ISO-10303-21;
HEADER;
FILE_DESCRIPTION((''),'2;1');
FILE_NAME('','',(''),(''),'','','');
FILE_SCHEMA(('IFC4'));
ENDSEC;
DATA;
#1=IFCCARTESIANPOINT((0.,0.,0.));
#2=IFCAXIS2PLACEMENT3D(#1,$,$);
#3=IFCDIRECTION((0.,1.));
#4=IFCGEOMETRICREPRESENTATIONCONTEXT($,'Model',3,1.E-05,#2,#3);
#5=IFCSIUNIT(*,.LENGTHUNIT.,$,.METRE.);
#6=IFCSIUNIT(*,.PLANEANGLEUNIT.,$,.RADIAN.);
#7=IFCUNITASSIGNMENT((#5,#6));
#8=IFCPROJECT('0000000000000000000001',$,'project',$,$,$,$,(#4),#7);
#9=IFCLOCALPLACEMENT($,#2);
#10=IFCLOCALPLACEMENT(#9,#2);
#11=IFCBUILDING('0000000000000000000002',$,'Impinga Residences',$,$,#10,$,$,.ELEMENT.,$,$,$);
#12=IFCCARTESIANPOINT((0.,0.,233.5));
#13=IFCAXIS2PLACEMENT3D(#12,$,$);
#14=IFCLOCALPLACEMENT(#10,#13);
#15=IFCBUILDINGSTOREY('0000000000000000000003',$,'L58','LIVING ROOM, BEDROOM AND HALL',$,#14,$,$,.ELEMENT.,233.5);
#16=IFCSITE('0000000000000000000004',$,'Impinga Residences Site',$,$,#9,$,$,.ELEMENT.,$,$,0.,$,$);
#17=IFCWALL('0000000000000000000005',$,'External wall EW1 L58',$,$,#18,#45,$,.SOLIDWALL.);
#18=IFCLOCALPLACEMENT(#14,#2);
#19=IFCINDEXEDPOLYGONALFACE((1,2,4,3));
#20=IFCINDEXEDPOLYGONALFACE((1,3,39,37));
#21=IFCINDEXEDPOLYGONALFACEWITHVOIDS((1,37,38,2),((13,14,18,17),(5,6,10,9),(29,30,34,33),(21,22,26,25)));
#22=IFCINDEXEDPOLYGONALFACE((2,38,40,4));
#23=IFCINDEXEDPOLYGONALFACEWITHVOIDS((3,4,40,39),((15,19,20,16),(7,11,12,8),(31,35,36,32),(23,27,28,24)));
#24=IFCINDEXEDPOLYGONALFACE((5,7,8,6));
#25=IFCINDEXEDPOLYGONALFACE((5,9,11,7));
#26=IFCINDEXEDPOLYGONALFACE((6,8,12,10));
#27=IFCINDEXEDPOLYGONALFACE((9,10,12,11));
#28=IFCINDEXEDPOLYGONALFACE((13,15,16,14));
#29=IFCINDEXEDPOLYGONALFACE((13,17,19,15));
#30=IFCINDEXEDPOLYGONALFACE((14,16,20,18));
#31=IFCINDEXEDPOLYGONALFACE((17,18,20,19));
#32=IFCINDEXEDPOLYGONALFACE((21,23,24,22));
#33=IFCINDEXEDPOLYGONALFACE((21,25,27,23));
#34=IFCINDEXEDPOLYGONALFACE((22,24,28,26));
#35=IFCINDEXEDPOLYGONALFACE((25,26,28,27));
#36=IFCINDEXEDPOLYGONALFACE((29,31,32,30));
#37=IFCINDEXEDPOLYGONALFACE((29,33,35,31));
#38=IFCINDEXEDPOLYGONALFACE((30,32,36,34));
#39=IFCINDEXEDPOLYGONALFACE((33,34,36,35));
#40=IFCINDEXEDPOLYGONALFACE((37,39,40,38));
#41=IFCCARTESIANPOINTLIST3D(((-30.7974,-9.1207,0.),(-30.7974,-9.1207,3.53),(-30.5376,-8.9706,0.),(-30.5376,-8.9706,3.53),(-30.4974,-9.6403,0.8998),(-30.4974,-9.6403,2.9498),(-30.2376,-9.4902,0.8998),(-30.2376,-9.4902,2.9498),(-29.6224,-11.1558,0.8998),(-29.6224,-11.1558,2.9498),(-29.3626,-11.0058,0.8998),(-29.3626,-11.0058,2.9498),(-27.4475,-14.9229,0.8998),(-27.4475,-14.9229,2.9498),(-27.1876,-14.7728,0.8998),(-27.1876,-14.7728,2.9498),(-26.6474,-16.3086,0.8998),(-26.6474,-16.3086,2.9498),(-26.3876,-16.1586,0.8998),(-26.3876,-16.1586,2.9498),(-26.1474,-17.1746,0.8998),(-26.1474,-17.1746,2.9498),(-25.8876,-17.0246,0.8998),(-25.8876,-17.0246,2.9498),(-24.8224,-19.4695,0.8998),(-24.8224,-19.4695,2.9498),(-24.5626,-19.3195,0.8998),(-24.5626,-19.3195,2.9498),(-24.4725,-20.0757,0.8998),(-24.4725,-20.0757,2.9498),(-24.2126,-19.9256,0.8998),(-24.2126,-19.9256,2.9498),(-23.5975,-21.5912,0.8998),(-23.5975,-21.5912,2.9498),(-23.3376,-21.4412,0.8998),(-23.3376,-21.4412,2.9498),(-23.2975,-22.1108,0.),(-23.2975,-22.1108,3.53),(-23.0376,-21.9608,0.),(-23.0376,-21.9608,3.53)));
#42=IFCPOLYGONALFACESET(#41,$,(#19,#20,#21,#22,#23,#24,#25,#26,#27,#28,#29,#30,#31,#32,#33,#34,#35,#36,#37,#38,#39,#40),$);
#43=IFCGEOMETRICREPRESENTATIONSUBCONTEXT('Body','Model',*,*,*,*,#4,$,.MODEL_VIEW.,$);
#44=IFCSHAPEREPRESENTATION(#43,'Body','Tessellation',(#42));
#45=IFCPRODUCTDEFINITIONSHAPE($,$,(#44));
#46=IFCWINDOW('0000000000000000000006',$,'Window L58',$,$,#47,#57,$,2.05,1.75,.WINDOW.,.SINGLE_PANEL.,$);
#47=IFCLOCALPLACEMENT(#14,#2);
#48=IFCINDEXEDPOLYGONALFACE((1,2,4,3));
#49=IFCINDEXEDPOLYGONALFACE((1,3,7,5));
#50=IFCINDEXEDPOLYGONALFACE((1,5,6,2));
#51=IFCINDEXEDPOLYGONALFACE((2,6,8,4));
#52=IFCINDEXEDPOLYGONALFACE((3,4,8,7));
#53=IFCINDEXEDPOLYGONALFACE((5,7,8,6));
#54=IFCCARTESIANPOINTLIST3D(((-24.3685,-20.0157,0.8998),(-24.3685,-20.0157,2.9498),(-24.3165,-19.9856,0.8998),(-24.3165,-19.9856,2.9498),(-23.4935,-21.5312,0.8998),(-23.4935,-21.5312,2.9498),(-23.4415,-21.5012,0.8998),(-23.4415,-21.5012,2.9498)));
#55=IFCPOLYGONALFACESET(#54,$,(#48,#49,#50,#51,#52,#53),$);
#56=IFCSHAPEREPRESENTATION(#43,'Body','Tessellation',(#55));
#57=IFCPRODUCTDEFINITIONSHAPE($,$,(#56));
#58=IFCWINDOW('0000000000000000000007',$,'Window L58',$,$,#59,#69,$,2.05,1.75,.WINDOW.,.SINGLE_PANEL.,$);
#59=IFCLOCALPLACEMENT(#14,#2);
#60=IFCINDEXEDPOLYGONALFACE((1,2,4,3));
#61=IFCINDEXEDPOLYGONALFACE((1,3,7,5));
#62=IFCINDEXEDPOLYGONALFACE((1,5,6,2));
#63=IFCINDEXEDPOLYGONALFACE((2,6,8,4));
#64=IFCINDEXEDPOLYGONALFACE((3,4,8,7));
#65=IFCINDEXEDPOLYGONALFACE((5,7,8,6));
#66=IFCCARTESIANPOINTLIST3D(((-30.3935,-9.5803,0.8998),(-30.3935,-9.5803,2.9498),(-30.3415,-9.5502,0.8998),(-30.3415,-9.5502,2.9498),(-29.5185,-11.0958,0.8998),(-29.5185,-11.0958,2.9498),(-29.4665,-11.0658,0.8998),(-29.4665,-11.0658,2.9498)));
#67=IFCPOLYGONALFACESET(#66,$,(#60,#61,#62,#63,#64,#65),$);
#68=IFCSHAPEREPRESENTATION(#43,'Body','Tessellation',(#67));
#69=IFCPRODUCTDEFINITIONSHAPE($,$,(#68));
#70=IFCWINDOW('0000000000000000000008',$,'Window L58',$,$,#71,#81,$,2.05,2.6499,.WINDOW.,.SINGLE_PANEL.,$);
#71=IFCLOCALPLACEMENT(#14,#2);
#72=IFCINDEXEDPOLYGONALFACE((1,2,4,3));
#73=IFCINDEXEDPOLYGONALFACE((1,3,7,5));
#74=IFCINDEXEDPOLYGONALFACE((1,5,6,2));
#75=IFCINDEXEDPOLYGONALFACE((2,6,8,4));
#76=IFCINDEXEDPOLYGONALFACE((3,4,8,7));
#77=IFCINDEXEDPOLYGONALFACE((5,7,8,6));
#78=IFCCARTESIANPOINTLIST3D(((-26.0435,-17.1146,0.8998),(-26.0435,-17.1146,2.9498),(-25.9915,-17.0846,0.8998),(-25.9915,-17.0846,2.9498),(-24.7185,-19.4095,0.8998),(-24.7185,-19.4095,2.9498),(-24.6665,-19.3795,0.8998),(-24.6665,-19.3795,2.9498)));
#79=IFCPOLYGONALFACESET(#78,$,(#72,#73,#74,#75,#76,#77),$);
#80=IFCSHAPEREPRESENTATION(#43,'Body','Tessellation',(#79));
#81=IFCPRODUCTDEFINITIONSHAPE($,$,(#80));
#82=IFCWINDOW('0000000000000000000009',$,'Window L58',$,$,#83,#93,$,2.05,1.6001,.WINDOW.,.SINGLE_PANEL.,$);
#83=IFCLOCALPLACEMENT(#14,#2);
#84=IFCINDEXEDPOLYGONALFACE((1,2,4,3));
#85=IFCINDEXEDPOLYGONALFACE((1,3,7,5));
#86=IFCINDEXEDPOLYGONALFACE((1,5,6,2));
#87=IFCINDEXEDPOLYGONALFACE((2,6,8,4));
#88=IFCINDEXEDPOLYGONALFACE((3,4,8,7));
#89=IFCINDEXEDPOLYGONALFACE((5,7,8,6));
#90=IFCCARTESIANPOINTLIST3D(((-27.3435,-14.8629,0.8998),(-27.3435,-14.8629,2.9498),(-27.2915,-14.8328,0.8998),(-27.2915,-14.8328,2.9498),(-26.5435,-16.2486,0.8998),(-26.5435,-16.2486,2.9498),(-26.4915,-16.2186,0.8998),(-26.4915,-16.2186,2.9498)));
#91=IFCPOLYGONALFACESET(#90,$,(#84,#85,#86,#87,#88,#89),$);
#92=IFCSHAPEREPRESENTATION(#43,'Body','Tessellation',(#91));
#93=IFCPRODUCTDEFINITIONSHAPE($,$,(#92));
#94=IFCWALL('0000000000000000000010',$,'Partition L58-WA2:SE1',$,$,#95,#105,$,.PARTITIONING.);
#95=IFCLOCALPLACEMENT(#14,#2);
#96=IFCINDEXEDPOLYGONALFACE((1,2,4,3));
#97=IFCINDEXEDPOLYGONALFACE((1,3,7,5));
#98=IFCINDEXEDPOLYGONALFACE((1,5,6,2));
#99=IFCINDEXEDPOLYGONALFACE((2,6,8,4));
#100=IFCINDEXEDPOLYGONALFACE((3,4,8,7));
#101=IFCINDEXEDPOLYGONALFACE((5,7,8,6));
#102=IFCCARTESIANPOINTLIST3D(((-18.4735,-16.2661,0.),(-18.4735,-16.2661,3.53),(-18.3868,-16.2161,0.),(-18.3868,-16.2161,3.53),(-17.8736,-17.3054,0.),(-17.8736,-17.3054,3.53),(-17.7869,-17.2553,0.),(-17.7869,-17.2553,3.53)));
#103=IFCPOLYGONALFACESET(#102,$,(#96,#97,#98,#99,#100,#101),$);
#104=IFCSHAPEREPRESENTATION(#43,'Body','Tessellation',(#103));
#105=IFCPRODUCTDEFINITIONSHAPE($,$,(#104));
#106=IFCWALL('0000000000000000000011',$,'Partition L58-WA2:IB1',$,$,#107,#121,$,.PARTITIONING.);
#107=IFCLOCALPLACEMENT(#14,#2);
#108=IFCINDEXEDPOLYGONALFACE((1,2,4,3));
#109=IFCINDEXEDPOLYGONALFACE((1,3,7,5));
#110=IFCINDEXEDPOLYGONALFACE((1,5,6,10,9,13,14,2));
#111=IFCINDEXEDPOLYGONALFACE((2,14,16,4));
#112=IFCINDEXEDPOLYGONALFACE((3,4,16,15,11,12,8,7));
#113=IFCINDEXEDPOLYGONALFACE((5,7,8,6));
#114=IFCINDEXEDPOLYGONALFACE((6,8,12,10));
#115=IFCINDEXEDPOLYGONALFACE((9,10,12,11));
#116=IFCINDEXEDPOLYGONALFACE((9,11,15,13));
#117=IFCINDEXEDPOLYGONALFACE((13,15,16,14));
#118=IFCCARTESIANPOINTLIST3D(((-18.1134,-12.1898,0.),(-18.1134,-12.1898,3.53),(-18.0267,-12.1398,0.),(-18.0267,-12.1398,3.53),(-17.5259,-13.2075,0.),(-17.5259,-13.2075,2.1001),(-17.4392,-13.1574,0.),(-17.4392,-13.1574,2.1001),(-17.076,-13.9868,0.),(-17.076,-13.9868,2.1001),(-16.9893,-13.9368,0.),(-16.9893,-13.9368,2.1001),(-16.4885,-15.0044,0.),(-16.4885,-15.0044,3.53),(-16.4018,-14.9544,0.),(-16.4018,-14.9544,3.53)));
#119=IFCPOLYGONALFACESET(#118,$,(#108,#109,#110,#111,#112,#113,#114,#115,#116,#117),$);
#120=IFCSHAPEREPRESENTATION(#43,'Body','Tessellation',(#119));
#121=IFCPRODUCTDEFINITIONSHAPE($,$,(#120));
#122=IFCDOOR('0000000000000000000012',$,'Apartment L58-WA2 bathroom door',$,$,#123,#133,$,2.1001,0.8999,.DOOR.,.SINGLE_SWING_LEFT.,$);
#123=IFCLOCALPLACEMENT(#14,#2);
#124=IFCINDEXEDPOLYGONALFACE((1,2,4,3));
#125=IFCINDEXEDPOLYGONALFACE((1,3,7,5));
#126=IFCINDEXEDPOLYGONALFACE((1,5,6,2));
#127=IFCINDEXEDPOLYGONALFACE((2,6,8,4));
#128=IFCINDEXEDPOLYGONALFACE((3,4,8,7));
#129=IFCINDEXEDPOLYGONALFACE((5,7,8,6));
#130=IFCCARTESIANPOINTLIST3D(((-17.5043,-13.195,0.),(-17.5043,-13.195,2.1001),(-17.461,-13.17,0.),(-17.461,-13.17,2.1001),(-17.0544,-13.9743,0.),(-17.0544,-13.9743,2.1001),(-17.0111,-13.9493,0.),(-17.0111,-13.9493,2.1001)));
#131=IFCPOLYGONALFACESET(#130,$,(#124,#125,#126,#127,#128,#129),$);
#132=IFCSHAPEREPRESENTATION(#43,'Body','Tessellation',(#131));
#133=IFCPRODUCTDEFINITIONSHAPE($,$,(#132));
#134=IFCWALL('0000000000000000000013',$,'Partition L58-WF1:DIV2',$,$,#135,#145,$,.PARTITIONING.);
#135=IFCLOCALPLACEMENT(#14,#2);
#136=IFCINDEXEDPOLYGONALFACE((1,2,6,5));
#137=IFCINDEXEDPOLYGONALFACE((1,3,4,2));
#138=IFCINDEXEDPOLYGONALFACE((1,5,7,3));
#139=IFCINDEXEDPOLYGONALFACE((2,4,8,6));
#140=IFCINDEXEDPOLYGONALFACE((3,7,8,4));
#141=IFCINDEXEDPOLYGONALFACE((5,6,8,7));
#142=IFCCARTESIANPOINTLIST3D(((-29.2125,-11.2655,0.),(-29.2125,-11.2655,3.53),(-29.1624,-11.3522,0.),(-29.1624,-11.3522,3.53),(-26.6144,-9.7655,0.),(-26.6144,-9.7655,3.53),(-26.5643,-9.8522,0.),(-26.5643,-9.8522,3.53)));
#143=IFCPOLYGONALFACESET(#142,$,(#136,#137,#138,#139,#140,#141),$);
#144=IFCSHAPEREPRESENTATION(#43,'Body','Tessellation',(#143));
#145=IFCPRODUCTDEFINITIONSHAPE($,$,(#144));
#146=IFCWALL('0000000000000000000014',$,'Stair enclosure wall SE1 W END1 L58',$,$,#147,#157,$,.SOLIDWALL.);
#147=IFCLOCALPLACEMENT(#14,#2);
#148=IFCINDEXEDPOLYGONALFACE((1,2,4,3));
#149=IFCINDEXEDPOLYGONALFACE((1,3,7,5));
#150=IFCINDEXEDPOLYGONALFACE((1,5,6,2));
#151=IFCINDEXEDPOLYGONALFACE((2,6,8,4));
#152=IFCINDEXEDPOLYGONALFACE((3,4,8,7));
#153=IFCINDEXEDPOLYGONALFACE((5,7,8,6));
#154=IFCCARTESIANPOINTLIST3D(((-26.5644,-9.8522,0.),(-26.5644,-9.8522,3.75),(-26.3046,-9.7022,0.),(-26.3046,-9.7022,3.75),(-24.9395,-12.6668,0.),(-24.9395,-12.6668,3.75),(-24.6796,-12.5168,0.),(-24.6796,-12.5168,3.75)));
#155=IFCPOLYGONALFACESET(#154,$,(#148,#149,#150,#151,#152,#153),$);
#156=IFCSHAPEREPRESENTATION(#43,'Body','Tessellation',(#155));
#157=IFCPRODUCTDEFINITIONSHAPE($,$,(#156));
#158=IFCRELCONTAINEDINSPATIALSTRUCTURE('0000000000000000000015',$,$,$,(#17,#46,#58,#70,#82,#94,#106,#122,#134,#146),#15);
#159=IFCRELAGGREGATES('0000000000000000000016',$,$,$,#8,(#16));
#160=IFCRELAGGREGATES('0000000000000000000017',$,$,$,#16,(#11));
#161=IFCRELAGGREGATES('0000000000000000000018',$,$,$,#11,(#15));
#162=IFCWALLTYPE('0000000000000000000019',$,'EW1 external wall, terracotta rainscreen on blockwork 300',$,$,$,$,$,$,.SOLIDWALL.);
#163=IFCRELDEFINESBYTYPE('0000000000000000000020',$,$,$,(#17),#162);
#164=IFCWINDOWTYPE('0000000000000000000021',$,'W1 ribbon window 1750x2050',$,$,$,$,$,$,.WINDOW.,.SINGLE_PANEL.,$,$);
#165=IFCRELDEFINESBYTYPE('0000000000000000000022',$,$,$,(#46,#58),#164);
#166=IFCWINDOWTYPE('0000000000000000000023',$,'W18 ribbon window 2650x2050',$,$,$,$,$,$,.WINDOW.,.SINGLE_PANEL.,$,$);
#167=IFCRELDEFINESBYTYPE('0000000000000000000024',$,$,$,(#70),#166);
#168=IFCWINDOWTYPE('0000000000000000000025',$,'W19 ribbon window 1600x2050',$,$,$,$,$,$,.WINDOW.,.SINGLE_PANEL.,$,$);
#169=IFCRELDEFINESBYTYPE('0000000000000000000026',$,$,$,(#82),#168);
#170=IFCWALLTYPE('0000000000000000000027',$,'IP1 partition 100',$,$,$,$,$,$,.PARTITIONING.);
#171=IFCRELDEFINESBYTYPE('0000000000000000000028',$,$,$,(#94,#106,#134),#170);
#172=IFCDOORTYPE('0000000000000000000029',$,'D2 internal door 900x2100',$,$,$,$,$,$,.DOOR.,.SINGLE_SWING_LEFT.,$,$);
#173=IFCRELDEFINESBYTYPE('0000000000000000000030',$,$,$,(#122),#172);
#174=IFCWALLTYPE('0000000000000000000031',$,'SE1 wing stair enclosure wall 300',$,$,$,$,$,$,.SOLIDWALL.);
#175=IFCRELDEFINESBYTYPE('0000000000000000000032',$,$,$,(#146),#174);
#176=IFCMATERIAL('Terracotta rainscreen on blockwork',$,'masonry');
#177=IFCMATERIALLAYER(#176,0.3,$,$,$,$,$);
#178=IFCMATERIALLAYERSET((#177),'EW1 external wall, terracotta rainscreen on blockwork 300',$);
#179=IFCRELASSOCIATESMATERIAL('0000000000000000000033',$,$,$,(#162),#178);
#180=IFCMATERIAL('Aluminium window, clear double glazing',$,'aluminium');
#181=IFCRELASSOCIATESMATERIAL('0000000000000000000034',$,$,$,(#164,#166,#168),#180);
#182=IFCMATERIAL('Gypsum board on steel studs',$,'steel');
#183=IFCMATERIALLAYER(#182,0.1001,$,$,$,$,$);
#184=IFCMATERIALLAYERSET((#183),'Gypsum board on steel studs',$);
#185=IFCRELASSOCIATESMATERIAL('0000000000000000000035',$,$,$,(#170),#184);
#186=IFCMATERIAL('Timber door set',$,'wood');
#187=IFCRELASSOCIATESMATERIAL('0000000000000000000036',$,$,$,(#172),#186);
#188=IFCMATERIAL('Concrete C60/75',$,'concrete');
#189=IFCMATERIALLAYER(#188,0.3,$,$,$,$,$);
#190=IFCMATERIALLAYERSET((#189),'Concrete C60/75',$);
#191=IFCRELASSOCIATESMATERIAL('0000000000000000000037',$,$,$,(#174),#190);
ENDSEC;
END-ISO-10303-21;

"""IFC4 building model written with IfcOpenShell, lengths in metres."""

from ifc_helpers import new_model, si_unit, direction, frame, frame_2d, origin, place, context, subcontext, project, spatial, rectangle, extrude, material, layer, layer_set, type_object, element, fill, save


model = new_model("IFC4")

# Units and contexts
model_context = context("Model", 3, precision=1e-05, world=origin(), true_north=direction((0.0, 1.0)))
body_context = subcontext(model_context, "Body", "Model", "MODEL_VIEW")
ifc_project = project(units=[si_unit("LENGTHUNIT", "METRE"), si_unit("PLANEANGLEUNIT", "RADIAN")], contexts=[model_context])

# Site, building, storey
site_placement = place(None, origin())
site = spatial("IfcSite", under=ifc_project, at=site_placement, Name="Impinga Residences Site", CompositionType="ELEMENT", RefElevation=0.0)
building_placement = place(site_placement, origin())
building = spatial("IfcBuilding", under=site, at=building_placement, Name="Impinga Residences", CompositionType="ELEMENT")
storey_placement = place(building_placement, frame((0.0, 0.0, 233.5)))
storey = spatial("IfcBuildingStorey", under=building, at=storey_placement, Name="L58", Description="LIVING ROOM, BEDROOM AND HALL", CompositionType="ELEMENT", Elevation=233.5)

# Shared definitions
ifc_material_1 = material(Name="Concrete C60/75", Category="concrete")

# Shared definitions
ifc_material_2 = material(Name="Timber door set", Category="wood")

# Shared definitions
ifc_material_3 = material(Name="Terracotta rainscreen on blockwork", Category="masonry")
ifc_layer_1 = layer(ifc_material_3, 0.3)
ifc_layer_set_1 = layer_set([ifc_layer_1], Name="EW1 external wall, terracotta rainscreen on blockwork 300")
wall_type_1 = type_object("IfcWallType", Name="EW1 external wall, terracotta rainscreen on blockwork 300", PredefinedType="SOLIDWALL", material=ifc_layer_set_1)

# Wall, openings, windows
wall_1_placement = place(storey_placement, frame((-23.1675, -22.0359, 0.0), z_axis=(0.0, 0.0, 1.0), x_axis=(-0.500004, 0.866023, 0.0)))
wall_1 = element("IfcWall", 1, at=wall_1_placement, inside=storey, type_object=wall_type_1, Name="External wall EW1 L58", PredefinedType="SOLIDWALL", context=body_context, shape_type="SweptSolid", body=[
    extrude(rectangle(XDim=14.9998, YDim=0.3, at=frame_2d((7.5, 0.0))), origin(), (0.0, 0.0, 1.0), 3.53),
])
opening_1_placement = place(wall_1_placement, frame((0.6001, 0.0, 0.8999)))
opening_1 = element("IfcOpeningElement", 2, at=opening_1_placement, cuts=wall_1, PredefinedType="OPENING", context=body_context, shape_type="SweptSolid", body=[
    extrude(rectangle(XDim=1.75, YDim=2.05, at=frame_2d((0.875, 1.0249))), frame((0.0, 0.1599, 0.0), z_axis=(0.0, -1.0, 0.0), x_axis=(1.0, 0.0, 0.0)), (0.0, 0.0, 1.0), 0.3201),
])
opening_2_placement = place(wall_1_placement, frame((3.05, 0.0, 0.8999)))
opening_2 = element("IfcOpeningElement", 3, at=opening_2_placement, cuts=wall_1, PredefinedType="OPENING", context=body_context, shape_type="SweptSolid", body=[
    extrude(rectangle(XDim=2.6499, YDim=2.05, at=frame_2d((1.325, 1.0249))), frame((0.0, 0.1599, 0.0), z_axis=(0.0, -1.0, 0.0), x_axis=(1.0, 0.0, 0.0)), (0.0, 0.0, 1.0), 0.3201),
])
opening_3_placement = place(wall_1_placement, frame((6.7, 0.0, 0.8999)))
opening_3 = element("IfcOpeningElement", 4, at=opening_3_placement, cuts=wall_1, PredefinedType="OPENING", context=body_context, shape_type="SweptSolid", body=[
    extrude(rectangle(XDim=1.6001, YDim=2.05, at=frame_2d((0.8, 1.0249))), frame((0.0, 0.1599, 0.0), z_axis=(0.0, -1.0, 0.0), x_axis=(1.0, 0.0, 0.0)), (0.0, 0.0, 1.0), 0.3201),
])
opening_4_placement = place(wall_1_placement, frame((12.6499, 0.0, 0.8999)))
opening_4 = element("IfcOpeningElement", 5, at=opening_4_placement, cuts=wall_1, PredefinedType="OPENING", context=body_context, shape_type="SweptSolid", body=[
    extrude(rectangle(XDim=1.75, YDim=2.05, at=frame_2d((0.875, 1.0249))), frame((0.0, 0.1599, 0.0), z_axis=(0.0, -1.0, 0.0), x_axis=(1.0, 0.0, 0.0)), (0.0, 0.0, 1.0), 0.3201),
])
ifc_material_4 = material(Name="Aluminium window, clear double glazing", Category="aluminium")
window_type_1 = type_object("IfcWindowType", Name="W1 ribbon window 1750x2050", PartitioningType="SINGLE_PANEL", PredefinedType="WINDOW", material=ifc_material_4)
window_1_placement = place(opening_1_placement, origin())
window_1 = element("IfcWindow", 6, at=window_1_placement, inside=storey, type_object=window_type_1, Name="Window L58", OverallHeight=2.05, OverallWidth=1.75, PartitioningType="SINGLE_PANEL", PredefinedType="WINDOW", context=body_context, shape_type="SweptSolid", body=[
    extrude(rectangle(XDim=1.75, YDim=2.05, at=frame_2d((0.875, 1.0249))), frame((0.0, 0.03, 0.0), z_axis=(0.0, -1.0, 0.0), x_axis=(1.0, 0.0, 0.0)), (0.0, 0.0, 1.0), 0.0601),
])
fill(opening_1, window_1)
window_2_placement = place(opening_4_placement, origin())
window_2 = element("IfcWindow", 7, at=window_2_placement, inside=storey, type_object=window_type_1, Name="Window L58", OverallHeight=2.05, OverallWidth=1.75, PartitioningType="SINGLE_PANEL", PredefinedType="WINDOW", context=body_context, shape_type="SweptSolid", body=[
    extrude(rectangle(XDim=1.75, YDim=2.05, at=frame_2d((0.875, 1.0249))), frame((0.0, 0.03, 0.0), z_axis=(0.0, -1.0, 0.0), x_axis=(1.0, 0.0, 0.0)), (0.0, 0.0, 1.0), 0.0601),
])
fill(opening_4, window_2)
window_type_2 = type_object("IfcWindowType", Name="W18 ribbon window 2650x2050", PartitioningType="SINGLE_PANEL", PredefinedType="WINDOW", material=ifc_material_4)
window_3_placement = place(opening_2_placement, origin())
window_3 = element("IfcWindow", 8, at=window_3_placement, inside=storey, type_object=window_type_2, Name="Window L58", OverallHeight=2.05, OverallWidth=2.6499, PartitioningType="SINGLE_PANEL", PredefinedType="WINDOW", context=body_context, shape_type="SweptSolid", body=[
    extrude(rectangle(XDim=2.6499, YDim=2.05, at=frame_2d((1.325, 1.0249))), frame((0.0, 0.03, 0.0), z_axis=(0.0, -1.0, 0.0), x_axis=(1.0, 0.0, 0.0)), (0.0, 0.0, 1.0), 0.0601),
])
fill(opening_2, window_3)
window_type_3 = type_object("IfcWindowType", Name="W19 ribbon window 1600x2050", PartitioningType="SINGLE_PANEL", PredefinedType="WINDOW", material=ifc_material_4)
window_4_placement = place(opening_3_placement, origin())
window_4 = element("IfcWindow", 9, at=window_4_placement, inside=storey, type_object=window_type_3, Name="Window L58", OverallHeight=2.05, OverallWidth=1.6001, PartitioningType="SINGLE_PANEL", PredefinedType="WINDOW", context=body_context, shape_type="SweptSolid", body=[
    extrude(rectangle(XDim=1.6001, YDim=2.05, at=frame_2d((0.8, 1.0249))), frame((0.0, 0.03, 0.0), z_axis=(0.0, -1.0, 0.0), x_axis=(1.0, 0.0, 0.0)), (0.0, 0.0, 1.0), 0.0601),
])
fill(opening_3, window_4)

# Wall
ifc_material_5 = material(Name="Gypsum board on steel studs", Category="steel")
ifc_layer_2 = layer(ifc_material_5, 0.1001)
ifc_layer_set_2 = layer_set([ifc_layer_2], Name="Gypsum board on steel studs")
wall_type_2 = type_object("IfcWallType", Name="IP1 partition 100", PredefinedType="PARTITIONING", material=ifc_layer_set_2)
wall_2_placement = place(storey_placement, frame((-18.4302, -16.241, 0.0), z_axis=(0.0, 0.0, 1.0), x_axis=(0.499881, -0.866094, 0.0)))
element("IfcWall", 10, at=wall_2_placement, inside=storey, type_object=wall_type_2, Name="Partition L58-WA2:SE1", PredefinedType="PARTITIONING", context=body_context, shape_type="SweptSolid", body=[
    extrude(rectangle(XDim=1.2, YDim=0.1001, at=frame_2d((0.6001, 0.0))), origin(), (0.0, 0.0, 1.0), 3.53),
])

# Wall, opening, door
wall_3_placement = place(storey_placement, frame((-18.0701, -12.1648, 0.0), z_axis=(0.0, 0.0, 1.0), x_axis=(0.499985, -0.866034, 0.0)))
wall_3 = element("IfcWall", 11, at=wall_3_placement, inside=storey, type_object=wall_type_2, Name="Partition L58-WA2:IB1", PredefinedType="PARTITIONING", context=body_context, shape_type="SweptSolid", body=[
    extrude(rectangle(XDim=3.25, YDim=0.1001, at=frame_2d((1.625, 0.0))), origin(), (0.0, 0.0, 1.0), 3.53),
])
opening_5_placement = place(wall_3_placement, frame((1.175, 0.0, 0.0)))
opening_5 = element("IfcOpeningElement", 12, at=opening_5_placement, cuts=wall_3, PredefinedType="OPENING", context=body_context, shape_type="SweptSolid", body=[
    extrude(rectangle(XDim=0.8999, YDim=2.1001, at=frame_2d((0.45, 1.05))), frame((0.0, 0.0601, 0.0), z_axis=(0.0, -1.0, 0.0), x_axis=(1.0, 0.0, 0.0)), (0.0, 0.0, 1.0), 0.1201),
])
door_type_1 = type_object("IfcDoorType", Name="D2 internal door 900x2100", OperationType="SINGLE_SWING_LEFT", PredefinedType="DOOR", material=ifc_material_2)
door_1_placement = place(opening_5_placement, origin())
door_1 = element("IfcDoor", 13, at=door_1_placement, inside=storey, type_object=door_type_1, Name="Apartment L58-WA2 bathroom door", OperationType="SINGLE_SWING_LEFT", OverallHeight=2.1001, OverallWidth=0.8999, PredefinedType="DOOR", context=body_context, shape_type="SweptSolid", body=[
    extrude(rectangle(XDim=0.8999, YDim=2.1001, at=frame_2d((0.45, 1.05))), frame((0.0, 0.0249, 0.0), z_axis=(0.0, -1.0, 0.0), x_axis=(1.0, 0.0, 0.0)), (0.0, 0.0, 1.0), 0.05),
])
fill(opening_5, door_1)

# Walls
wall_4_placement = place(storey_placement, frame((-26.5894, -9.8088, 0.0), z_axis=(0.0, 0.0, 1.0), x_axis=(-0.866031, -0.49999, 0.0)))
element("IfcWall", 14, at=wall_4_placement, inside=storey, type_object=wall_type_2, Name="Partition L58-WF1:DIV2", PredefinedType="PARTITIONING", context=body_context, shape_type="SweptSolid", body=[
    extrude(rectangle(XDim=3.0, YDim=0.1001, at=frame_2d((1.5, 0.0))), origin(), (0.0, 0.0, 1.0), 3.53),
])
ifc_layer_3 = layer(ifc_material_1, 0.3)
ifc_layer_set_3 = layer_set([ifc_layer_3], Name="Concrete C60/75")
wall_type_3 = type_object("IfcWallType", Name="SE1 wing stair enclosure wall 300", PredefinedType="SOLIDWALL", material=ifc_layer_set_3)
wall_5_placement = place(storey_placement, frame((-24.8096, -12.5918, 0.0), z_axis=(0.0, 0.0, 1.0), x_axis=(-0.499985, 0.866034, 0.0)))
element("IfcWall", 15, at=wall_5_placement, inside=storey, type_object=wall_type_3, Name="Stair enclosure wall SE1 W END1 L58", PredefinedType="SOLIDWALL", context=body_context, shape_type="SweptSolid", body=[
    extrude(rectangle(XDim=3.25, YDim=0.3, at=frame_2d((1.625, 0.0))), origin(), (0.0, 0.0, 1.0), 3.75),
])

save(model, "model.ifc")
